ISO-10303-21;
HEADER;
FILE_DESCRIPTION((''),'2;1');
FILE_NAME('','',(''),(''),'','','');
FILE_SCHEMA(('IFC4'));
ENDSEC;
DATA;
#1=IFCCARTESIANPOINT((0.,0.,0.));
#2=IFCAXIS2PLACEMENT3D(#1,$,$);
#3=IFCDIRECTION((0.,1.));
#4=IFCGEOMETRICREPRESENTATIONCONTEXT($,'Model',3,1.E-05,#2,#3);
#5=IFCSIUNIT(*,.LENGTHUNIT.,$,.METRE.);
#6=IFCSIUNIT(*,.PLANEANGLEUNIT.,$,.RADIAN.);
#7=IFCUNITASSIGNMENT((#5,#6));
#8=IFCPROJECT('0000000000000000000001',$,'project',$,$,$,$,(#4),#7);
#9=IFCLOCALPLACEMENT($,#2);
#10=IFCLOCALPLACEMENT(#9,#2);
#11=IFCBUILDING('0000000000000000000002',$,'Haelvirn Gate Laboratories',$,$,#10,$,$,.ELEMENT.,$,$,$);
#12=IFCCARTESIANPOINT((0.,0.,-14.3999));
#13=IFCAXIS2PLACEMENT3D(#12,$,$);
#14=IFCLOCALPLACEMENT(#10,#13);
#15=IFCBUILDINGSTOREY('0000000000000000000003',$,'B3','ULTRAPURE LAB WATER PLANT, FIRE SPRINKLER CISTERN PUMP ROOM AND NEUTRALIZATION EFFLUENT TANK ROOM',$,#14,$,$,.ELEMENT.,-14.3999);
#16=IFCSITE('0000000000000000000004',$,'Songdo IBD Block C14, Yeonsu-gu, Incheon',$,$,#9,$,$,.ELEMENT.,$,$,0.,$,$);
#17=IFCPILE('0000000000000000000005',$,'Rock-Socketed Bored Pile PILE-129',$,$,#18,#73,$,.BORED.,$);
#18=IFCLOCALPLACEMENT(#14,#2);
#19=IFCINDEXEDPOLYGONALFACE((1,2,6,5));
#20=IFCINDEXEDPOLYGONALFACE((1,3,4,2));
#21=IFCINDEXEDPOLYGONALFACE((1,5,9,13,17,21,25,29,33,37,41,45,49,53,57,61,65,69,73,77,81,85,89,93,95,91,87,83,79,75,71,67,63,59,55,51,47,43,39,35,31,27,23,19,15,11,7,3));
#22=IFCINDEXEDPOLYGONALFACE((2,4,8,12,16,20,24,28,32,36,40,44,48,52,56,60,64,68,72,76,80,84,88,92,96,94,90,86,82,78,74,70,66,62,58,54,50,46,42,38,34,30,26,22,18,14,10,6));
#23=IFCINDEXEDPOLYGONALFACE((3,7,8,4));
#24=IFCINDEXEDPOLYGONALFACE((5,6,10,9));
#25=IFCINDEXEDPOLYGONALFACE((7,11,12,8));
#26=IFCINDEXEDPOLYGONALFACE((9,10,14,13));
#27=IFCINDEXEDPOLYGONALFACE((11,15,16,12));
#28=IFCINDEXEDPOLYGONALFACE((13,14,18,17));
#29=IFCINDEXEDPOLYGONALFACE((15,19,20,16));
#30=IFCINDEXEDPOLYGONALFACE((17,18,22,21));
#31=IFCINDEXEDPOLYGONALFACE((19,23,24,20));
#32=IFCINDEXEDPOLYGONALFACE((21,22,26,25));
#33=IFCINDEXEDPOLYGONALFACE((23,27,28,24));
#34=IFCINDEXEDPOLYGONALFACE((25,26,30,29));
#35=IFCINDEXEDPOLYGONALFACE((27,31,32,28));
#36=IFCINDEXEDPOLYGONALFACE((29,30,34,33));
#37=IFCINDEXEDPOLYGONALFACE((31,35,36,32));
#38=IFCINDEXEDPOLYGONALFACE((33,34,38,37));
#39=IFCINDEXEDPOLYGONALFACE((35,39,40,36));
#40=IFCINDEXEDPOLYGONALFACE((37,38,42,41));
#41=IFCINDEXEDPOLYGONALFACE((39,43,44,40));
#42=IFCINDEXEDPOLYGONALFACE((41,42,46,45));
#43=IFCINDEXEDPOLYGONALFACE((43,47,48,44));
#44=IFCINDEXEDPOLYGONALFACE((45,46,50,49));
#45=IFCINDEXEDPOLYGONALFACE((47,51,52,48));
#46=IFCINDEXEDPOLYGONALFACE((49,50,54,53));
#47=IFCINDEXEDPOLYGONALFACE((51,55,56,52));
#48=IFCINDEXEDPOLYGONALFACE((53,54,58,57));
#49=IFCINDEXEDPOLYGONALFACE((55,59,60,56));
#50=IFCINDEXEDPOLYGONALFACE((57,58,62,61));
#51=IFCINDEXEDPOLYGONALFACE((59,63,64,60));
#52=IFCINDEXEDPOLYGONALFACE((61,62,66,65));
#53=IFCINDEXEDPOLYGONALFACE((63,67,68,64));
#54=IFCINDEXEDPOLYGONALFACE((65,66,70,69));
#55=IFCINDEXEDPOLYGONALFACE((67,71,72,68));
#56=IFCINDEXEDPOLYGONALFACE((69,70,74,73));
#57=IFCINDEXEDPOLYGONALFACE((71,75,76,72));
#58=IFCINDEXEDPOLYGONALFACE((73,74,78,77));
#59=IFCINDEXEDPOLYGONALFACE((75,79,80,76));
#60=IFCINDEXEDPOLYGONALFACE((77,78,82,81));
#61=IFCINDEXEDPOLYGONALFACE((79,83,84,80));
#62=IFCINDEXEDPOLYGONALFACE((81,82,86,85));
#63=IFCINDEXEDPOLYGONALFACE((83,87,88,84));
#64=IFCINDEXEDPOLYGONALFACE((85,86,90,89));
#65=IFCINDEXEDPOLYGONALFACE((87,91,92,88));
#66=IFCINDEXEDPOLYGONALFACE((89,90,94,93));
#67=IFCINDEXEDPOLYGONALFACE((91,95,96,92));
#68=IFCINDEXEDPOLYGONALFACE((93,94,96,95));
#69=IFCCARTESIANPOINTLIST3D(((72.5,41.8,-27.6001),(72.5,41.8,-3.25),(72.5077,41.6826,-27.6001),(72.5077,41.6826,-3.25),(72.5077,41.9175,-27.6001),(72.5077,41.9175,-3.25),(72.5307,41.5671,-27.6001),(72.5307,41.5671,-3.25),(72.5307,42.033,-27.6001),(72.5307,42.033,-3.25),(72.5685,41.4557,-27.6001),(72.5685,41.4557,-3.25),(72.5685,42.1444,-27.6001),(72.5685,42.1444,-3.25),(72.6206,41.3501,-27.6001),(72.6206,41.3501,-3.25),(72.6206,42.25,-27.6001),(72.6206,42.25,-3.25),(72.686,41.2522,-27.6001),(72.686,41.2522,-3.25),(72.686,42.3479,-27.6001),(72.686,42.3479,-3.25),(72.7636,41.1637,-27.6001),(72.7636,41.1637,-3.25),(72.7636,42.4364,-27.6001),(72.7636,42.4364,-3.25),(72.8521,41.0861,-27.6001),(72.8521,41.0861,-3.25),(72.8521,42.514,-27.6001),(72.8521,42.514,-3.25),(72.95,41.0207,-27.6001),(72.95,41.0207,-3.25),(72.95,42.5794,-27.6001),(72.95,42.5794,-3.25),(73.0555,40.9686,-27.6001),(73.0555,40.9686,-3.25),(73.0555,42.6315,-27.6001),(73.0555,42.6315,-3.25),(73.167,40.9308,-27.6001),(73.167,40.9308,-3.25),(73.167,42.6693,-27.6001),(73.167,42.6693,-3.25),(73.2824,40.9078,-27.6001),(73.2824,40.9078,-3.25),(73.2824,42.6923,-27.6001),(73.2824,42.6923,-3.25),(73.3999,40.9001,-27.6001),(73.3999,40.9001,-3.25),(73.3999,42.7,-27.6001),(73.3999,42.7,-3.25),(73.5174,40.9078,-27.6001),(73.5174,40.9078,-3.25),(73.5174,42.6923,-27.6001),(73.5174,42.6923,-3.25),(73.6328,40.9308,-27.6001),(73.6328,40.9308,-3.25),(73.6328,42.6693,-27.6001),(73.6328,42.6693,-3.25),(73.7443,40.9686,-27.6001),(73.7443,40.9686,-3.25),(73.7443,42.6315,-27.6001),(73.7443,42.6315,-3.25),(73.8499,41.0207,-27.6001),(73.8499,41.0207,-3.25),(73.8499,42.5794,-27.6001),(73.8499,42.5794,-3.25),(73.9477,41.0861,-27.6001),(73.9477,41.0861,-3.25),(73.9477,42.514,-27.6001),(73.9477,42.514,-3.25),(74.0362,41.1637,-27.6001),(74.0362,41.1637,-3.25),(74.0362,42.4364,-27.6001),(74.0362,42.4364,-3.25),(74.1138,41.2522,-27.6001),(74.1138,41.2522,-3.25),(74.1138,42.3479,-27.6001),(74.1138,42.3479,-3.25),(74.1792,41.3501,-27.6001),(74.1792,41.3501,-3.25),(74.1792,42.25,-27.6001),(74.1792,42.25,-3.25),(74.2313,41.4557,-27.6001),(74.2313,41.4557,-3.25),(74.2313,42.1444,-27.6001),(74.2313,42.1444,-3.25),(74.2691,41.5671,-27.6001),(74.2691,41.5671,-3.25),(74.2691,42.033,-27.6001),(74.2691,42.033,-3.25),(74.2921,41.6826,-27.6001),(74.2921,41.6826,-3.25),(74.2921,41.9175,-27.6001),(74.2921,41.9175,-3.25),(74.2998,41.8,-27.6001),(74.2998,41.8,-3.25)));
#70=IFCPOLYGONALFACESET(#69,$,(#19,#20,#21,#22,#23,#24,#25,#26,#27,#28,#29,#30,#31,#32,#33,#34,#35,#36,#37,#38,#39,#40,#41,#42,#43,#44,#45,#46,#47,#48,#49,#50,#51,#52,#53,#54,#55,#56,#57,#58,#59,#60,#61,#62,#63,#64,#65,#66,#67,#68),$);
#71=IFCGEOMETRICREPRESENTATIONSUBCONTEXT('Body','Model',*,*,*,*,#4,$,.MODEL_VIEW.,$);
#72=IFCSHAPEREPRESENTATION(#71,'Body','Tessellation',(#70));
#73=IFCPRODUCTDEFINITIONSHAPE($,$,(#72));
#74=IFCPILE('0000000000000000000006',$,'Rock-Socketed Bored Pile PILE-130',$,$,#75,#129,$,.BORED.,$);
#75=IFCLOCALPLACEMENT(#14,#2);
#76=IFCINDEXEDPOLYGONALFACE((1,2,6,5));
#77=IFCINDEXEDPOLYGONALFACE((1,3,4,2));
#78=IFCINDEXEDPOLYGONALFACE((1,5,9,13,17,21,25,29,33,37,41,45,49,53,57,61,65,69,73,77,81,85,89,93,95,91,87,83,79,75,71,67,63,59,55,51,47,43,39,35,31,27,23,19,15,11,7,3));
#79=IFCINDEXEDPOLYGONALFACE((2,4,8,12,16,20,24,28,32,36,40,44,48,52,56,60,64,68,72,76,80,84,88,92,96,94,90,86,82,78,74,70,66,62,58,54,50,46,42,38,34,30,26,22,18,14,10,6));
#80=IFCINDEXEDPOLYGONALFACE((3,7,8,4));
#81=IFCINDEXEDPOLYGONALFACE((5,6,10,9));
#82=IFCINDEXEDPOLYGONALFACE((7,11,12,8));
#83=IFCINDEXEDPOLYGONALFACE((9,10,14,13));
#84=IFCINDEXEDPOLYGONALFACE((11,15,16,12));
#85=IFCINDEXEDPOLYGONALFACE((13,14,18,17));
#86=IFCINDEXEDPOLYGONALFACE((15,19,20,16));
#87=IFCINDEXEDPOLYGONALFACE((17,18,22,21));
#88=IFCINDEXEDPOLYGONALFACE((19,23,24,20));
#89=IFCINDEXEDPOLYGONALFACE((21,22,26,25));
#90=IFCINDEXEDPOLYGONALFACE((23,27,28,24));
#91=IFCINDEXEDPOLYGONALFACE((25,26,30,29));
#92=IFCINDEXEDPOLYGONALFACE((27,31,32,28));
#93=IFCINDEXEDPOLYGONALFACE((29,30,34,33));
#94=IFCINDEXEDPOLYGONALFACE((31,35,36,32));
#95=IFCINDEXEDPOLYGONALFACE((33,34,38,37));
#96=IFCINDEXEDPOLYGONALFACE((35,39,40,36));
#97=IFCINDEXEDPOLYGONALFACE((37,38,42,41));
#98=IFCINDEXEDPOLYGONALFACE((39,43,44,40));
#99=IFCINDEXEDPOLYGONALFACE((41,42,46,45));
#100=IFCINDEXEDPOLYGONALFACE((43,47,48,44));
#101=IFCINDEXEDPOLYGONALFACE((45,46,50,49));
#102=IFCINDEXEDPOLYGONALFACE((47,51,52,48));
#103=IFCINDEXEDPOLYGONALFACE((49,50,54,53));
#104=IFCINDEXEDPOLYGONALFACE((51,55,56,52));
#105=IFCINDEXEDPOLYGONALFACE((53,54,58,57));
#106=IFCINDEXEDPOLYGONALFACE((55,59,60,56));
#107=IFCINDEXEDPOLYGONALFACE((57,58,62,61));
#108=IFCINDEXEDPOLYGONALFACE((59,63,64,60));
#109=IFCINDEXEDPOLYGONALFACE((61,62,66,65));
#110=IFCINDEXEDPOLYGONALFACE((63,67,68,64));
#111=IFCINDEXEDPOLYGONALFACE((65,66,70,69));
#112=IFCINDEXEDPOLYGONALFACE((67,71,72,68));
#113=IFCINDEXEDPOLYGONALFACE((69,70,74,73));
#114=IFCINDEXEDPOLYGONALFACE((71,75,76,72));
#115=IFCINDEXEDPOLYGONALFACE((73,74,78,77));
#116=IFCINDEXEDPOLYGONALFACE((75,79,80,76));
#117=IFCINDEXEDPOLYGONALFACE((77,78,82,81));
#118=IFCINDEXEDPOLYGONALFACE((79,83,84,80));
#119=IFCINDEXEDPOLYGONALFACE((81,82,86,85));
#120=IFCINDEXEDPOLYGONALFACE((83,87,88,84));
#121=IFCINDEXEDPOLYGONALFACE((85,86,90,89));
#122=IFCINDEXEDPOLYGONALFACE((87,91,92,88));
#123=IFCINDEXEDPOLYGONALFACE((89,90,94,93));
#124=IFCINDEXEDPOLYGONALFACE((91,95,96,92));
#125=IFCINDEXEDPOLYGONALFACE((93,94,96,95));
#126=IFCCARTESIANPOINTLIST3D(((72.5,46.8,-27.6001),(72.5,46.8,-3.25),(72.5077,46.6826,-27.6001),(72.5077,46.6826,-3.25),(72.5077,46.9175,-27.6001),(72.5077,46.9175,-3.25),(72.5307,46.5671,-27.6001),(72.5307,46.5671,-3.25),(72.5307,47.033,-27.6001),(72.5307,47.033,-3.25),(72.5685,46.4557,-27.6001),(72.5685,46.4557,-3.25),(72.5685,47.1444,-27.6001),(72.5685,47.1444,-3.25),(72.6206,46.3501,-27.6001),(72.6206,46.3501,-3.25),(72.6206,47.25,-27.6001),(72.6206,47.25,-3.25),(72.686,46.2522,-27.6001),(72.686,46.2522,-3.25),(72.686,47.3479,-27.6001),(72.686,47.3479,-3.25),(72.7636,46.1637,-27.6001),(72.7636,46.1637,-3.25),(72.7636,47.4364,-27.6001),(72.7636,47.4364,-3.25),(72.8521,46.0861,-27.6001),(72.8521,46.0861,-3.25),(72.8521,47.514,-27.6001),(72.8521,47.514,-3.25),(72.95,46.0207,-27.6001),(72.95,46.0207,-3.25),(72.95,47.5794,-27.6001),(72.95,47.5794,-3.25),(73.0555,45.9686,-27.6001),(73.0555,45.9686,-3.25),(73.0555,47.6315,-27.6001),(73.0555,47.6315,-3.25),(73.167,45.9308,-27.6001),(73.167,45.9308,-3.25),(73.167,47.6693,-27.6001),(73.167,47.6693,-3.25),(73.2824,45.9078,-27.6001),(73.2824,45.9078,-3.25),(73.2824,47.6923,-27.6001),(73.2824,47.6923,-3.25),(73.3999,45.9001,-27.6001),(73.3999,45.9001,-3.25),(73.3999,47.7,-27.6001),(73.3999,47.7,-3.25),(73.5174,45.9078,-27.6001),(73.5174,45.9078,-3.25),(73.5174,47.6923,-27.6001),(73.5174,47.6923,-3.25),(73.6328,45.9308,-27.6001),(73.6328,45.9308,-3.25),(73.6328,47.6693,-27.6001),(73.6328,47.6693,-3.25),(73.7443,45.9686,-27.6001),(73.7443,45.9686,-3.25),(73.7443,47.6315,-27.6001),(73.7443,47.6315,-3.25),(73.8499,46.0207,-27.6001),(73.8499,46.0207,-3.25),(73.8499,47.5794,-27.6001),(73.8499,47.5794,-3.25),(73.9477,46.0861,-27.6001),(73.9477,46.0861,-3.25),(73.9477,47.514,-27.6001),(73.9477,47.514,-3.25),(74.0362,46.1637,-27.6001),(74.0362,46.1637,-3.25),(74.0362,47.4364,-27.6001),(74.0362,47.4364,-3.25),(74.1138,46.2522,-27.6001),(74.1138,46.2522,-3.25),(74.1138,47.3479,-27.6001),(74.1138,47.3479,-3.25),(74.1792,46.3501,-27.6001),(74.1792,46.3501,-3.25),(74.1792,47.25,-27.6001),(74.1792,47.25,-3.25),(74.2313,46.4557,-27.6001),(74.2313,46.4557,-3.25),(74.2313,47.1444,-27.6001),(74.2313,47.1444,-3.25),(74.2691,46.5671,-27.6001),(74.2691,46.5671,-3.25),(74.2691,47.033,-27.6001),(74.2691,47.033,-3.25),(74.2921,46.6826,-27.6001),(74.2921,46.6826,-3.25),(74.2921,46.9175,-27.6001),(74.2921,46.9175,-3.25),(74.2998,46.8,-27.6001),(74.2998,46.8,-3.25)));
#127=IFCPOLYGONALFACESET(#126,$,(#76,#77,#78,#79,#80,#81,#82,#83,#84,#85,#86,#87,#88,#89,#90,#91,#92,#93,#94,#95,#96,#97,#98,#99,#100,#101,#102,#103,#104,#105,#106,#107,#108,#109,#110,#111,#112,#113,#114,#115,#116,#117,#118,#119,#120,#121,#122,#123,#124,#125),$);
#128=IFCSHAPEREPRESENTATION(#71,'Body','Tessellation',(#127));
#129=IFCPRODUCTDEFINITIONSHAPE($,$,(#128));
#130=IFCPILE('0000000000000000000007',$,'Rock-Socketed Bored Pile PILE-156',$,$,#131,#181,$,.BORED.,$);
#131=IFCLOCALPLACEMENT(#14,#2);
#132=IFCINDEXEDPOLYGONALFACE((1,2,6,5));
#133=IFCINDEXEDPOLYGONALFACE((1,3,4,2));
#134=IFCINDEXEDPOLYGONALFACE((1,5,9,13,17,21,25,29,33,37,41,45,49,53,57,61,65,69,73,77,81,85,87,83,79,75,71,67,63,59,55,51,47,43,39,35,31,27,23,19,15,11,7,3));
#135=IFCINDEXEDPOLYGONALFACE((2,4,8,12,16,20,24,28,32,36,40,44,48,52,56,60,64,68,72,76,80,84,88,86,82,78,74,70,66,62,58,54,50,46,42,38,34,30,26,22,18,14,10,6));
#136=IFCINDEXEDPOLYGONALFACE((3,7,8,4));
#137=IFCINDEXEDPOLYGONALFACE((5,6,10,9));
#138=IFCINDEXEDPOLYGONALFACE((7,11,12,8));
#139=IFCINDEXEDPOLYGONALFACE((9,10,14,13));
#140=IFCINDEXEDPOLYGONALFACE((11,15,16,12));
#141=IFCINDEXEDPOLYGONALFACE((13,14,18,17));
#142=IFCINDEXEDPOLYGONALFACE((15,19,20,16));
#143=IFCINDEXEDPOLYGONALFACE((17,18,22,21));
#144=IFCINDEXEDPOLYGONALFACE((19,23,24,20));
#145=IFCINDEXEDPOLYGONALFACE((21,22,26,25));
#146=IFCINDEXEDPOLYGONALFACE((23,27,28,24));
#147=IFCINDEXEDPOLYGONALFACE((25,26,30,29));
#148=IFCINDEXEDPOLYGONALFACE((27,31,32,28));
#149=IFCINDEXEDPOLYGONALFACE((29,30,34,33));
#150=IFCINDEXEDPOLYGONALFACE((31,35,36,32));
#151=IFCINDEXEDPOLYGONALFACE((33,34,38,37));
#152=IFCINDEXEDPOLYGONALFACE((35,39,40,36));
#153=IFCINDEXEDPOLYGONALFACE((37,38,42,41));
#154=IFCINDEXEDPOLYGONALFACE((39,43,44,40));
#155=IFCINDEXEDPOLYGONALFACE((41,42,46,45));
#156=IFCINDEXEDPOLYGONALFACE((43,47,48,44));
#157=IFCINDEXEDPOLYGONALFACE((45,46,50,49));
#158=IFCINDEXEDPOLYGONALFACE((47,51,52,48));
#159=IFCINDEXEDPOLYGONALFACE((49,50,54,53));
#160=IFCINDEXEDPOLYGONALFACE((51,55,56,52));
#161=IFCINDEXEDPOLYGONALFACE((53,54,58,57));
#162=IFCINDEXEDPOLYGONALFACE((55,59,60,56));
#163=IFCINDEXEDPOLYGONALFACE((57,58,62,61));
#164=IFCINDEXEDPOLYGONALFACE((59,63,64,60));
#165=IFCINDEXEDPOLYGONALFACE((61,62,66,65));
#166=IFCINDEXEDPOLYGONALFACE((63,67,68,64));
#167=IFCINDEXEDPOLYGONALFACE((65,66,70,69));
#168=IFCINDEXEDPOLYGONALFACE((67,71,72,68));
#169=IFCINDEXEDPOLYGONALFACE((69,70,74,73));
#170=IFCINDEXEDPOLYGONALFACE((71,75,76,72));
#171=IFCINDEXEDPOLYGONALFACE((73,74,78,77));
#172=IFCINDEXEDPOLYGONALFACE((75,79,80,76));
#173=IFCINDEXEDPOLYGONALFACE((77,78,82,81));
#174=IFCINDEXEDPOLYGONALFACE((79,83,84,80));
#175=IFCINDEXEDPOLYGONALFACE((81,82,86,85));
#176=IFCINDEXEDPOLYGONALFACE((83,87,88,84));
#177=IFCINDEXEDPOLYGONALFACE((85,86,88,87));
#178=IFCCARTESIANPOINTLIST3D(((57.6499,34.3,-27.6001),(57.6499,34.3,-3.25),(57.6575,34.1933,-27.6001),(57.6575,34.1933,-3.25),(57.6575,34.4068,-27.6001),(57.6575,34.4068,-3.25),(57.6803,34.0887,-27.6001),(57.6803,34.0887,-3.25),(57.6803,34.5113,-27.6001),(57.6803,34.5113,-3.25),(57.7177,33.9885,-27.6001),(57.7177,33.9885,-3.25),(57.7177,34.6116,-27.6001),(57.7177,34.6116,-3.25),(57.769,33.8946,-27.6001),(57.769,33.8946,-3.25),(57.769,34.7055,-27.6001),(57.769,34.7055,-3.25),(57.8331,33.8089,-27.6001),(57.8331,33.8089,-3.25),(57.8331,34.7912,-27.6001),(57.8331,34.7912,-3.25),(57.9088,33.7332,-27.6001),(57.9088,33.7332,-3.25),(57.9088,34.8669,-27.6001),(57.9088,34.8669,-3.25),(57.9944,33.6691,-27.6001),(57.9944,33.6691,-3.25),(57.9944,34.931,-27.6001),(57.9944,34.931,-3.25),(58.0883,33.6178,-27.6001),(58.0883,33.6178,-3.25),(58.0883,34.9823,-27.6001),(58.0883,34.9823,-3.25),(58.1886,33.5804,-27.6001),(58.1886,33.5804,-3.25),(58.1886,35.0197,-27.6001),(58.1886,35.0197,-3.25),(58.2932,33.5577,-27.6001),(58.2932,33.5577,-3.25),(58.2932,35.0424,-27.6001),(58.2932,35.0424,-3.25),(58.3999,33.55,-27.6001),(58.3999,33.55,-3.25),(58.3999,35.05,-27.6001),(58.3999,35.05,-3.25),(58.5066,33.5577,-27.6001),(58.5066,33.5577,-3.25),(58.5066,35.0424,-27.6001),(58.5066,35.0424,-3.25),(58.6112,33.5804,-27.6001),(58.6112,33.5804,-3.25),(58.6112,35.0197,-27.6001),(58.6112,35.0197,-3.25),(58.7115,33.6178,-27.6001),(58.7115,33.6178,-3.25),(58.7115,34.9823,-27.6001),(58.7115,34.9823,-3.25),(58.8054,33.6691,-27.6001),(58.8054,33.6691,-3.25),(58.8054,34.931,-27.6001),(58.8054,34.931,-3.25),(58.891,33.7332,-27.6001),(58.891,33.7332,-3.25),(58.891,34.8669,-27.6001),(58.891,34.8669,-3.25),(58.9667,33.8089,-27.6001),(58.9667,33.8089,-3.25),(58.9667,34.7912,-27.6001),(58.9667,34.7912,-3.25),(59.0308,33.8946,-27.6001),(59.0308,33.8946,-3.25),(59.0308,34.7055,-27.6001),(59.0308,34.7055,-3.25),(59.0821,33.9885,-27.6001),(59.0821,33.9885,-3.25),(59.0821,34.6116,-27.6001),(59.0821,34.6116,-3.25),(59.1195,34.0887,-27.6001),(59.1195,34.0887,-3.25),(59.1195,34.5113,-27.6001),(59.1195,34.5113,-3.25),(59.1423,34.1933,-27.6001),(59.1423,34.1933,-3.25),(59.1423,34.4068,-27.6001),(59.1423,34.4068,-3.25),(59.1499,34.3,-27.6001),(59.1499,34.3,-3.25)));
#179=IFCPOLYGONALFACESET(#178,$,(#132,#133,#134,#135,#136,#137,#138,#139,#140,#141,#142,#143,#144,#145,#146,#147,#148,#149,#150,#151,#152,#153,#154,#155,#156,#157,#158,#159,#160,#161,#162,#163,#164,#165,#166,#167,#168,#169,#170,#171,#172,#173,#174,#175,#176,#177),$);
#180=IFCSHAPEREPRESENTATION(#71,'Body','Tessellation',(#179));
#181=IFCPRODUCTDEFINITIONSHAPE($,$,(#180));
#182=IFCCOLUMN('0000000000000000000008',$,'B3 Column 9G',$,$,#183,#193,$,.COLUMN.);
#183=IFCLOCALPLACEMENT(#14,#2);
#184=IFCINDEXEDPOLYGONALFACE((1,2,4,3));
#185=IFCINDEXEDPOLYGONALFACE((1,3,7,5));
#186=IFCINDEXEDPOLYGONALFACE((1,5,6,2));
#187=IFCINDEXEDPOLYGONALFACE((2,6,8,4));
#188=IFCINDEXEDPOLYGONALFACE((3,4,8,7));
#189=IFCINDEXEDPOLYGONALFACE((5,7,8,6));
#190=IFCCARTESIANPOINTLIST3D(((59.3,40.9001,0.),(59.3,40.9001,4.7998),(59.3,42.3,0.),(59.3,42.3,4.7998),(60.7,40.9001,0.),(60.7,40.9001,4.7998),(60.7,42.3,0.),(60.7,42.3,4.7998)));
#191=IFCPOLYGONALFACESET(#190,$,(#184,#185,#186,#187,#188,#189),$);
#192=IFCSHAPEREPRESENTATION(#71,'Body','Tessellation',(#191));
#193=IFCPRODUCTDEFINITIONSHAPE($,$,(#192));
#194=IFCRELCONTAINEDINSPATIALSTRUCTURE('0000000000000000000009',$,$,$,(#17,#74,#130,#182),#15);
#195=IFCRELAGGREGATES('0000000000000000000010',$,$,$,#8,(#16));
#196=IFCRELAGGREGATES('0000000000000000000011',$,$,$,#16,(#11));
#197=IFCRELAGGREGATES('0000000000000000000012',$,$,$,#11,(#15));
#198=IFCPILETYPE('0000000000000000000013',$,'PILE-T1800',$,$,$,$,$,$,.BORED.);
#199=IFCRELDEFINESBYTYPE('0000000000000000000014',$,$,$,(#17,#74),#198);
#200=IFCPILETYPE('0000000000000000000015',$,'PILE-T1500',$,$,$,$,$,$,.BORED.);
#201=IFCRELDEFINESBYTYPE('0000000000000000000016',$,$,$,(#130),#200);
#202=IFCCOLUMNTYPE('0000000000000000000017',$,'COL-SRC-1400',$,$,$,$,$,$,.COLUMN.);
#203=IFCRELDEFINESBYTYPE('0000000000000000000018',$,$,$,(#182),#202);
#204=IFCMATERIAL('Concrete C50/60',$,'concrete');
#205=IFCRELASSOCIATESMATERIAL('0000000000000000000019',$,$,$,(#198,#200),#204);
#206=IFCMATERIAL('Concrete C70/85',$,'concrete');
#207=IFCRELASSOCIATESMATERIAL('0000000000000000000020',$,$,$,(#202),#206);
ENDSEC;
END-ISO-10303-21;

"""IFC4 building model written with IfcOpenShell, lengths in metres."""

from ifc_helpers import new_model, si_unit, direction, frame, origin, origin_2d, place, context, subcontext, project, spatial, rectangle, circle, extrude, source, transform, mapped, material, material_profile, profile_set, type_object, type_shapes, element, save


model = new_model("IFC4")

# Units and contexts
model_context = context("Model", 3, precision=1e-05, world=origin(), true_north=direction((0.0, 1.0)))
body_context = subcontext(model_context, "Body", "Model", "MODEL_VIEW")
ifc_project = project(units=[si_unit("LENGTHUNIT", "METRE"), si_unit("PLANEANGLEUNIT", "RADIAN")], contexts=[model_context])

# Site, building, storey
site_placement = place(None, origin())
site = spatial("IfcSite", under=ifc_project, at=site_placement, Name="Songdo IBD Block C14, Yeonsu-gu, Incheon", CompositionType="ELEMENT", RefElevation=0.0)
building_placement = place(site_placement, origin())
building = spatial("IfcBuilding", under=site, at=building_placement, Name="Haelvirn Gate Laboratories", CompositionType="ELEMENT")
storey_placement = place(building_placement, frame((0.0, 0.0, -14.3999)))
storey = spatial("IfcBuildingStorey", under=building, at=storey_placement, Name="B3", Description="ULTRAPURE LAB WATER PLANT, FIRE SPRINKLER CISTERN PUMP ROOM AND NEUTRALIZATION EFFLUENT TANK ROOM", CompositionType="ELEMENT", Elevation=-14.3999)

# Piles
ifc_material_1 = material(Name="Concrete C50/60", Category="concrete")
ifc_material_profile_1 = material_profile(ifc_material_1, circle(Radius=0.8999, at=origin_2d()), Name="PILE-D1800")
ifc_profile_set_1 = profile_set([ifc_material_profile_1], Name="Concrete C50/60")
pile_type_1 = type_object("IfcPileType", Name="PILE-T1800", PredefinedType="BORED", material=ifc_profile_set_1)
shared_shape_1 = source(origin(), body_context, "Body", "SweptSolid", [
    extrude(circle(Radius=0.8999, at=origin_2d()), origin(), (0.0, 0.0, 1.0), 24.3501),
])
type_shapes(pile_type_1, [shared_shape_1])
for number, where, z_axis, x_axis, name in (
    (1, (73.3999, 41.8, -3.25), (0.0, 0.0, -1.0), (1.0, 0.0, 0.0), "Rock-Socketed Bored Pile PILE-129"),
    (2, (73.3999, 46.8, -3.25), (0.0, 0.0, -1.0), (1.0, 0.0, 0.0), "Rock-Socketed Bored Pile PILE-130"),
):
    element("IfcPile", number, at=place(storey_placement, frame(where, z_axis=z_axis, x_axis=x_axis)), inside=storey, type_object=pile_type_1, Name=name, PredefinedType="BORED", context=body_context, shape_type="MappedRepresentation", body=[
        mapped(shared_shape_1, transform((0.0, 0.0, 0.0), scale=1.0)),
    ])
ifc_material_profile_2 = material_profile(ifc_material_1, circle(Radius=0.75, at=origin_2d()), Name="PILE-D1500")
ifc_profile_set_2 = profile_set([ifc_material_profile_2], Name="Concrete C50/60")
pile_type_2 = type_object("IfcPileType", Name="PILE-T1500", PredefinedType="BORED", material=ifc_profile_set_2)
shared_shape_2 = source(origin(), body_context, "Body", "SweptSolid", [
    extrude(circle(Radius=0.75, at=origin_2d()), origin(), (0.0, 0.0, 1.0), 24.3501),
])
type_shapes(pile_type_2, [shared_shape_2])
pile_placement = place(storey_placement, frame((58.3999, 34.3, -3.25), z_axis=(0.0, 0.0, -1.0), x_axis=(1.0, 0.0, 0.0)))
element("IfcPile", 3, at=pile_placement, inside=storey, type_object=pile_type_2, Name="Rock-Socketed Bored Pile PILE-156", PredefinedType="BORED", context=body_context, shape_type="MappedRepresentation", body=[
    mapped(shared_shape_2, transform((0.0, 0.0, 0.0), scale=1.0)),
])

# Column
ifc_material_2 = material(Name="Concrete C70/85", Category="concrete")
ifc_material_profile_3 = material_profile(ifc_material_2, rectangle(XDim=1.3999, YDim=1.3999, at=origin_2d()), Name="SRC-1400x1400")
ifc_profile_set_3 = profile_set([ifc_material_profile_3], Name="Concrete C70/85")
column_type_1 = type_object("IfcColumnType", Name="COL-SRC-1400", PredefinedType="COLUMN", material=ifc_profile_set_3)
shared_shape_3 = source(origin(), body_context, "Body", "SweptSolid", [
    extrude(rectangle(XDim=1.3999, YDim=1.3999, at=origin_2d()), origin(), (0.0, 0.0, 1.0), 4.7998),
])
type_shapes(column_type_1, [shared_shape_3])
for number, where, z_axis, x_axis, name in (
    (4, (60.0, 41.6001, 0.0), (0.0, 0.0, 1.0), (1.0, 0.0, 0.0), "B3 Column 9G"),
):
    element("IfcColumn", number, at=place(storey_placement, frame(where, z_axis=z_axis, x_axis=x_axis)), inside=storey, type_object=column_type_1, Name=name, PredefinedType="COLUMN", context=body_context, shape_type="MappedRepresentation", body=[
        mapped(shared_shape_3, transform((0.0, 0.0, 0.0), scale=1.0)),
    ])

save(model, "model.ifc")
